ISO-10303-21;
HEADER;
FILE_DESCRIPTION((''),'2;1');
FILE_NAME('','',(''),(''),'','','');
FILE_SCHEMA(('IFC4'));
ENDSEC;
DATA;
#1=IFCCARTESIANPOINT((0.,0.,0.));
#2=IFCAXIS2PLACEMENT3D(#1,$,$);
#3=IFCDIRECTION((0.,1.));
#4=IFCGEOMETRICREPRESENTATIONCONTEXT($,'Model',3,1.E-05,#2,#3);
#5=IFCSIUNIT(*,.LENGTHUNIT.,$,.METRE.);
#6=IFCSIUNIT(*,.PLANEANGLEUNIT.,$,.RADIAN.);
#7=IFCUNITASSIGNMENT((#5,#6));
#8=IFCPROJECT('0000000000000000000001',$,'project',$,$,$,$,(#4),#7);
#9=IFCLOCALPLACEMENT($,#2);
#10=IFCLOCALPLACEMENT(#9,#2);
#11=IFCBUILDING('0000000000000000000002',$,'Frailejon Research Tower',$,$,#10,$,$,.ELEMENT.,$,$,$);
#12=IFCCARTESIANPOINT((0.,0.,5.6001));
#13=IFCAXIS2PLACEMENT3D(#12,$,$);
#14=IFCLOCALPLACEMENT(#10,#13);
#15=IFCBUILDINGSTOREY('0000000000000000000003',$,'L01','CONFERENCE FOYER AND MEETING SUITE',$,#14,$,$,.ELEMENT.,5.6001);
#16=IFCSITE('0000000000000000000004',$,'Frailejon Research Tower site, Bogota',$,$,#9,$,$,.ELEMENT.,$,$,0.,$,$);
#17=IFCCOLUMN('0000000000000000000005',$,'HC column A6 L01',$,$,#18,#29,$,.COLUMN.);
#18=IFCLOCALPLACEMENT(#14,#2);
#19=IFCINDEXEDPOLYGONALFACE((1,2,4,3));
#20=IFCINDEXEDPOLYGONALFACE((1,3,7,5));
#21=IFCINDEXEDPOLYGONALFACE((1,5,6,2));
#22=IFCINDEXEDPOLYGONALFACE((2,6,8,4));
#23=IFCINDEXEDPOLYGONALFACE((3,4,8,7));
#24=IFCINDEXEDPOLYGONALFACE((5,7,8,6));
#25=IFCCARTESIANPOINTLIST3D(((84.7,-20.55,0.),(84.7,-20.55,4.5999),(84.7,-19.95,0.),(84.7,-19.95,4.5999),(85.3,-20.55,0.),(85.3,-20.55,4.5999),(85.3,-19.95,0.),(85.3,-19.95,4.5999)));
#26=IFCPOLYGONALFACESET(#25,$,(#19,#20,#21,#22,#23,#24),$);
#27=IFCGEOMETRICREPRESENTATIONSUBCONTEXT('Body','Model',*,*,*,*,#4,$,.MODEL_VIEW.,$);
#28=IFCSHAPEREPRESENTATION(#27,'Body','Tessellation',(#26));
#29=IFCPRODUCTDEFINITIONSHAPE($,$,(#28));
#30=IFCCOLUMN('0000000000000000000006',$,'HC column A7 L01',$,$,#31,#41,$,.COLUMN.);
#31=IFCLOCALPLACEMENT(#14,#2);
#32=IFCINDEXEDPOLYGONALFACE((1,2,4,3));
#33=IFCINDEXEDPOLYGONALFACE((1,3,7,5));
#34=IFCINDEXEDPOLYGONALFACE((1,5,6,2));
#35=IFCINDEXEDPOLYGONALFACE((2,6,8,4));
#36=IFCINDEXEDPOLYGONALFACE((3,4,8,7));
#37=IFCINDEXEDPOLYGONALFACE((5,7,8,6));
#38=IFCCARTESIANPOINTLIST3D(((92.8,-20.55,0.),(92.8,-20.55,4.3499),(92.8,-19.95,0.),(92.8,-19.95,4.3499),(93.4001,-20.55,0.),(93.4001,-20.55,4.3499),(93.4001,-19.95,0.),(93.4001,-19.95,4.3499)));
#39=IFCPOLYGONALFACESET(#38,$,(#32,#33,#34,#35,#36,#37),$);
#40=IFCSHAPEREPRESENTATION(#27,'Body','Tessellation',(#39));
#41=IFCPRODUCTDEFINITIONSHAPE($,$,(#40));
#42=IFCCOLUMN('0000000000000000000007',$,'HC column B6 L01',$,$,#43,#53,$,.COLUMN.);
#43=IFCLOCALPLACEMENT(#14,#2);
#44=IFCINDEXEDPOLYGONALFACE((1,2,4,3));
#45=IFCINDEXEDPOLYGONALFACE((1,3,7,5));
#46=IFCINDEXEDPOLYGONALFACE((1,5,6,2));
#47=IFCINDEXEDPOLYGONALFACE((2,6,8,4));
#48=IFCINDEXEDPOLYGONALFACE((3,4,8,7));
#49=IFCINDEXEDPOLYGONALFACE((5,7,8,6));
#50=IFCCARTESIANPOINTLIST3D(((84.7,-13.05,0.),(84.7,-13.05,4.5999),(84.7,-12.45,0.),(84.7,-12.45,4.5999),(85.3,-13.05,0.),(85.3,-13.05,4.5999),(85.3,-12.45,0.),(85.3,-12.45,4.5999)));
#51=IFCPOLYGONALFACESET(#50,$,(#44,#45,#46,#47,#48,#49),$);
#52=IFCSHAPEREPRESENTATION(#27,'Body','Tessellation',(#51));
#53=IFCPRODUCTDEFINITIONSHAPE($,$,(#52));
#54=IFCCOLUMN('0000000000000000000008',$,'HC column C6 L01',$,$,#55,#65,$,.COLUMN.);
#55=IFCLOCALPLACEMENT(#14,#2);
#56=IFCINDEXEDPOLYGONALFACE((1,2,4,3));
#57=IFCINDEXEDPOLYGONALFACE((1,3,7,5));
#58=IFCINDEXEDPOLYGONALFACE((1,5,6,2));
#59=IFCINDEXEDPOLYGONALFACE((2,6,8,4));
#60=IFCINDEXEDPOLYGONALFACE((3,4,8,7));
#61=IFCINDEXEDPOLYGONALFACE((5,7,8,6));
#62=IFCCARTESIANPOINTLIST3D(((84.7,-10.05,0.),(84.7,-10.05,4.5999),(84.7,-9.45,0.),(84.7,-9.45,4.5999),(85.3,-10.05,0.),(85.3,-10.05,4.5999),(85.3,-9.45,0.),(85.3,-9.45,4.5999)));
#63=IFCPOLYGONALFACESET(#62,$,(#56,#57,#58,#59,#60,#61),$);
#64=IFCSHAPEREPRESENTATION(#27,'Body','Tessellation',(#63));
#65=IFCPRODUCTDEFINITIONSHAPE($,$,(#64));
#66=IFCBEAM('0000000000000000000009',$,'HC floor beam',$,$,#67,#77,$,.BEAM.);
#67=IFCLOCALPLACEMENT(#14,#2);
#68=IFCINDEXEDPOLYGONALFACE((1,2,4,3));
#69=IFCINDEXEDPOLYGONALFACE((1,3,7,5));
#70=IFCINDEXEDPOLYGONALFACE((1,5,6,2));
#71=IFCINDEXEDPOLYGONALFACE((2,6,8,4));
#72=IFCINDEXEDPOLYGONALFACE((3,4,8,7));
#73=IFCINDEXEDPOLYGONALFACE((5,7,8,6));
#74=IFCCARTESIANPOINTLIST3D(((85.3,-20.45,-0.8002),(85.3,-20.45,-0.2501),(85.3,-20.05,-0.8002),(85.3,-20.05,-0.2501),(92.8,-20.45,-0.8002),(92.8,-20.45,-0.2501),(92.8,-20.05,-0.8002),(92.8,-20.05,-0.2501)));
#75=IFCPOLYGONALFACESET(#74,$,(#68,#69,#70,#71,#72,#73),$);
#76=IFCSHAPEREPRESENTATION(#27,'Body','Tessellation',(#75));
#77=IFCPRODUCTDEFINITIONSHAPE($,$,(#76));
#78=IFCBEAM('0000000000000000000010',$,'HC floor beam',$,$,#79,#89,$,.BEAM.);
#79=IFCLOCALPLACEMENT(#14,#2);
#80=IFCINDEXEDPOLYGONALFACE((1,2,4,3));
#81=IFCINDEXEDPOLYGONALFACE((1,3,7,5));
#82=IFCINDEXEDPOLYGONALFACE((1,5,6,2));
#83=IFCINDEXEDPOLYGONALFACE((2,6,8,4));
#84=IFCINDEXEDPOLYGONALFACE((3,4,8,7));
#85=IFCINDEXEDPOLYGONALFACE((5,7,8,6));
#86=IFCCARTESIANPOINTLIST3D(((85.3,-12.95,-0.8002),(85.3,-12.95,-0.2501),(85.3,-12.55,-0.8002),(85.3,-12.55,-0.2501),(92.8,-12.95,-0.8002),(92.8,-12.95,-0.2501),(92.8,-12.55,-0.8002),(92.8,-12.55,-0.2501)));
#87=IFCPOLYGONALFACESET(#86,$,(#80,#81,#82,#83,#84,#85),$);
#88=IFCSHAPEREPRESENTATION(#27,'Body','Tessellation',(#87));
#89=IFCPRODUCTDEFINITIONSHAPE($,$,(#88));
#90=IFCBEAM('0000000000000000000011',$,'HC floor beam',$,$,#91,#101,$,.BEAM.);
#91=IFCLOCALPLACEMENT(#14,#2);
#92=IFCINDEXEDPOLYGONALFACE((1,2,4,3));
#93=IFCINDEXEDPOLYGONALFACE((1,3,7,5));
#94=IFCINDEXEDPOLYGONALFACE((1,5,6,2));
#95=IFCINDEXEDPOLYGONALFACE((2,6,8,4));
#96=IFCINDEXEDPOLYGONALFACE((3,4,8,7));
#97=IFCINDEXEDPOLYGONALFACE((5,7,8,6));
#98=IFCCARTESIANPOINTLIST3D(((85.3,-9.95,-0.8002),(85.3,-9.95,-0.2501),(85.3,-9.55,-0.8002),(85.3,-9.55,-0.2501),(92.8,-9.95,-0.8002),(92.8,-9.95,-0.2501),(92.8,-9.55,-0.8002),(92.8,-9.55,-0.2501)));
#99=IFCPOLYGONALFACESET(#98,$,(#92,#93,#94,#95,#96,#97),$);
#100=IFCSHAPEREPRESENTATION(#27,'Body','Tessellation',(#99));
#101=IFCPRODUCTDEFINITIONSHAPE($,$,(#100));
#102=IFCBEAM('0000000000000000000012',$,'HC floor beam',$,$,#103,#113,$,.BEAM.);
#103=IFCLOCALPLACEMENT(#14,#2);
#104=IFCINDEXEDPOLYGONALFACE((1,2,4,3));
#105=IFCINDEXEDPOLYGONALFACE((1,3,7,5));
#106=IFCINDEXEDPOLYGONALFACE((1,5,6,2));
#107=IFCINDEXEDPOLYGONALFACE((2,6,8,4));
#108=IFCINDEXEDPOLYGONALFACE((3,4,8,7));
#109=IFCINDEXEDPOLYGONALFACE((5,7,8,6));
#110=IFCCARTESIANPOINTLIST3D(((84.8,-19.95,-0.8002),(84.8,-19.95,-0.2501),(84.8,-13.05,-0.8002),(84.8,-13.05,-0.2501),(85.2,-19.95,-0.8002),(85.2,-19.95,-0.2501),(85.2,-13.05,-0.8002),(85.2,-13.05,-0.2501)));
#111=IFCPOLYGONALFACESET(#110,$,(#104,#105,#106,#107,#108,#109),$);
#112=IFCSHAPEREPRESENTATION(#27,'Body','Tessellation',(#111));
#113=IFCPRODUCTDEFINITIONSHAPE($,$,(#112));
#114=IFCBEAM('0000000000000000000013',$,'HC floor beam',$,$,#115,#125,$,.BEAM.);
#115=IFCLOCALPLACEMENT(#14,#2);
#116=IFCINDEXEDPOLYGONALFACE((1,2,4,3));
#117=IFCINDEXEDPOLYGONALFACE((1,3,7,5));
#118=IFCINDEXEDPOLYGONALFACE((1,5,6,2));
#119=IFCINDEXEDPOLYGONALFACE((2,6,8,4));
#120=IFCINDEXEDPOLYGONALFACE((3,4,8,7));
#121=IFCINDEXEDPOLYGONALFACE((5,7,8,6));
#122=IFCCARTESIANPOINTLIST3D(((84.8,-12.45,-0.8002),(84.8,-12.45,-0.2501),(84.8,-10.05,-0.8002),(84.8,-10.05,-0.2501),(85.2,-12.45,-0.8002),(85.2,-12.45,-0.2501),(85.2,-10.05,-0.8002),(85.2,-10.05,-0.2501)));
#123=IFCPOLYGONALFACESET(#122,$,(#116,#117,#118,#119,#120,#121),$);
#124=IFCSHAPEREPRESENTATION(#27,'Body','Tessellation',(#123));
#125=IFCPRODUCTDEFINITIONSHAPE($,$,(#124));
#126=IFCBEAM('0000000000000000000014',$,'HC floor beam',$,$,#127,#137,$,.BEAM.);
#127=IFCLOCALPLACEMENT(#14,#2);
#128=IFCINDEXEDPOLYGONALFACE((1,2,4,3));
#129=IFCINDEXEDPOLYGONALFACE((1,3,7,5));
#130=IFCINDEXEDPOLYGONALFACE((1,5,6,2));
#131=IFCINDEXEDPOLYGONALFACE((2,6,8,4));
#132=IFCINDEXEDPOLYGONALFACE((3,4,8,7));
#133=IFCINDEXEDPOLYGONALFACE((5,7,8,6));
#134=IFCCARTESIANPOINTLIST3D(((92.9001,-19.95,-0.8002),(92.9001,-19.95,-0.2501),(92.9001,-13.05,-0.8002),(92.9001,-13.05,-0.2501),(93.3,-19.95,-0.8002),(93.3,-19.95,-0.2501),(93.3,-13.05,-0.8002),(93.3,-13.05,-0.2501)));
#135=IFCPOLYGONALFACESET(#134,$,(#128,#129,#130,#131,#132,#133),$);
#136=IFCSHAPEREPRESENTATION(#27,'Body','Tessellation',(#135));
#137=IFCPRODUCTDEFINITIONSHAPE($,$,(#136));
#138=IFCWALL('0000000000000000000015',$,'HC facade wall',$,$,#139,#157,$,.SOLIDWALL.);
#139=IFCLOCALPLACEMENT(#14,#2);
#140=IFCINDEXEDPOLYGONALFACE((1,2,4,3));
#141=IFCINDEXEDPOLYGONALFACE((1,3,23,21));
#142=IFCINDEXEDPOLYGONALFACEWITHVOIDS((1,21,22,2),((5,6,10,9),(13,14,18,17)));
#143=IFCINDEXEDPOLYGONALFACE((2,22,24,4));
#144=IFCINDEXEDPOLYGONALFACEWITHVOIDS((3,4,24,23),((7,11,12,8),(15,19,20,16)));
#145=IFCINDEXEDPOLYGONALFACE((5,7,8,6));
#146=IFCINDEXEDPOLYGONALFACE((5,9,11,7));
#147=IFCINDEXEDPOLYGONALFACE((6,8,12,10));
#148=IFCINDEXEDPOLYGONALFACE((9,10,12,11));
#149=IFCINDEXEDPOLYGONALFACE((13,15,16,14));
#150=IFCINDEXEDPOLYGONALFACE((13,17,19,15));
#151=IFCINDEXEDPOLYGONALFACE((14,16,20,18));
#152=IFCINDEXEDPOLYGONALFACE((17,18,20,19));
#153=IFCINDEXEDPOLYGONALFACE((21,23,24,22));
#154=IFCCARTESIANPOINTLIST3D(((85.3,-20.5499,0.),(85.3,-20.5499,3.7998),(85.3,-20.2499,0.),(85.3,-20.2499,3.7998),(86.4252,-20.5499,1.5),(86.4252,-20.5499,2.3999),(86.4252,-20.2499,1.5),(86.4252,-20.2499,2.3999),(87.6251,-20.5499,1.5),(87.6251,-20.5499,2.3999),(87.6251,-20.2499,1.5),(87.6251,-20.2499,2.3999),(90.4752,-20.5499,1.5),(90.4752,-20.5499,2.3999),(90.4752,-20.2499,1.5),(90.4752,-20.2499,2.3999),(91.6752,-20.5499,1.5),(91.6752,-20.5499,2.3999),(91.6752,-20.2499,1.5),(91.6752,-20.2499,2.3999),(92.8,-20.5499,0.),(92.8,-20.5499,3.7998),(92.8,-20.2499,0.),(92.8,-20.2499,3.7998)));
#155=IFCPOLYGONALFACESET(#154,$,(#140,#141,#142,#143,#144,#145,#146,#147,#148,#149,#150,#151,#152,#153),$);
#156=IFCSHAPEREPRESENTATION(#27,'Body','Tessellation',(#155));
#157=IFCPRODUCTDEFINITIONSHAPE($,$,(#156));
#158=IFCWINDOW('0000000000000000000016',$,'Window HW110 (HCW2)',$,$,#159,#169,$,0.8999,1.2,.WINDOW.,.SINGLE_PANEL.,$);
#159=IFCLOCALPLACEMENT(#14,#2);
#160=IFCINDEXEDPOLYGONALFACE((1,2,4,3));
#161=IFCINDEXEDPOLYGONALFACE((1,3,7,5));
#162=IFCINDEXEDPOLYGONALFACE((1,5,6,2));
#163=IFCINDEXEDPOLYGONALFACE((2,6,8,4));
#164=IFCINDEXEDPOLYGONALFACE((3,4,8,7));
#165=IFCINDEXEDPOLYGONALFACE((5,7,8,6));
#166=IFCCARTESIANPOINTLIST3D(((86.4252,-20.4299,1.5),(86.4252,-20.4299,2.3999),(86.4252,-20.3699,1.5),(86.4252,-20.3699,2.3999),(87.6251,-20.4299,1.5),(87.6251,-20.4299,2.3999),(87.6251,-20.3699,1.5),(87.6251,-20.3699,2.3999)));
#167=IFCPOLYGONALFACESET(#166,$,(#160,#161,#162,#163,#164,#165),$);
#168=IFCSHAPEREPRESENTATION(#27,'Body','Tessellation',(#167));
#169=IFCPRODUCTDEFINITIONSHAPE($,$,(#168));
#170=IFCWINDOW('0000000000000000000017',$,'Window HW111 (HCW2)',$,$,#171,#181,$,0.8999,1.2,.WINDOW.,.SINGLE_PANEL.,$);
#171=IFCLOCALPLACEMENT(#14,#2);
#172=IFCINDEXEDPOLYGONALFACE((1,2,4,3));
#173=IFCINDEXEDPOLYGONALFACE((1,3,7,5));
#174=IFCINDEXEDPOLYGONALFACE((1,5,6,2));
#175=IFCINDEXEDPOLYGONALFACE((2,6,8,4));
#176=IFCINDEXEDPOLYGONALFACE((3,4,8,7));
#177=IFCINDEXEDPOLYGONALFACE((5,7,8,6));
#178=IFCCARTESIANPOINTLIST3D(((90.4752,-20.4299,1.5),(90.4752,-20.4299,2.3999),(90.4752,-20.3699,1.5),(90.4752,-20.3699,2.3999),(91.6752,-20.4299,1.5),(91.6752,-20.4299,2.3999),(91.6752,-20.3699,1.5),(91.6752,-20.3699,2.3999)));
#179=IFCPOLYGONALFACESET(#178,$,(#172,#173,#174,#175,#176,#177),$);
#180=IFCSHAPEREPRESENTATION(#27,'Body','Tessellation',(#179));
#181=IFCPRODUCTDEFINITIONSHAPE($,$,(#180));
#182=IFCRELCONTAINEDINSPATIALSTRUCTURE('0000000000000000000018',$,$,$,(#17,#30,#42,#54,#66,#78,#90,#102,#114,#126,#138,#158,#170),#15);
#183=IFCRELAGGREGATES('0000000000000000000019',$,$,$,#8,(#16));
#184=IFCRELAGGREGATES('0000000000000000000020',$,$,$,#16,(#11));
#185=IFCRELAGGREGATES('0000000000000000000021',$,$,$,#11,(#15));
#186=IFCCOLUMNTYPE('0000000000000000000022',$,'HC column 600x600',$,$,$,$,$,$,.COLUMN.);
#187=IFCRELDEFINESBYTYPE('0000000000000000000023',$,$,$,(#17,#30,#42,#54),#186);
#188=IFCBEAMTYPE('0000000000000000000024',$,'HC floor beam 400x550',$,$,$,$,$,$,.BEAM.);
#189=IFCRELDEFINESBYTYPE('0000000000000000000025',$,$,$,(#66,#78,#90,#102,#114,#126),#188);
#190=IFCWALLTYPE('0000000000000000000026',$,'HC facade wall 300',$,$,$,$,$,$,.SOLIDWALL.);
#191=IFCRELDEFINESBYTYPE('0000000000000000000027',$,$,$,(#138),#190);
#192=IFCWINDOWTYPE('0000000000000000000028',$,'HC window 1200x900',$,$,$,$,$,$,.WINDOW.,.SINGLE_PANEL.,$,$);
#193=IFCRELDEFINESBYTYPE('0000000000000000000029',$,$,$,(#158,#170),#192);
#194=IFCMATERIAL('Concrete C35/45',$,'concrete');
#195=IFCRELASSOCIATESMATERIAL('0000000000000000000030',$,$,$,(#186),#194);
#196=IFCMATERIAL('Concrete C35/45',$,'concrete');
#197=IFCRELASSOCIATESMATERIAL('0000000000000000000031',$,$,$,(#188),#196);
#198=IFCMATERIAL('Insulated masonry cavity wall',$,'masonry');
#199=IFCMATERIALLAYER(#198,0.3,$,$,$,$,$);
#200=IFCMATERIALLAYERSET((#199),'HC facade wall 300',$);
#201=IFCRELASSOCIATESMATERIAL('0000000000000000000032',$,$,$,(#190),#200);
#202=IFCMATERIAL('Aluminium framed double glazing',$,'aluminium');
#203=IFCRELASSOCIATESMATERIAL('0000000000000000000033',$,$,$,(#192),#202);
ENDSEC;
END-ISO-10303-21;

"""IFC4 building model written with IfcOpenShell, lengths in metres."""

from ifc_helpers import new_model, si_unit, direction, frame, frame_2d, origin, origin_2d, place, context, subcontext, project, spatial, rectangle, extrude, material, layer, layer_set, material_profile, profile_set, type_object, element, fill, save


model = new_model("IFC4")

# Units and contexts
model_context = context("Model", 3, precision=1e-05, world=origin(), true_north=direction((0.0, 1.0)))
body_context = subcontext(model_context, "Body", "Model", "MODEL_VIEW")
ifc_project = project(units=[si_unit("LENGTHUNIT", "METRE"), si_unit("PLANEANGLEUNIT", "RADIAN")], contexts=[model_context])

# Site, building, storey
site_placement = place(None, origin())
site = spatial("IfcSite", under=ifc_project, at=site_placement, Name="Frailejon Research Tower site, Bogota", CompositionType="ELEMENT", RefElevation=0.0)
building_placement = place(site_placement, origin())
building = spatial("IfcBuilding", under=site, at=building_placement, Name="Frailejon Research Tower", CompositionType="ELEMENT")
storey_placement = place(building_placement, frame((0.0, 0.0, 5.6001)))
storey = spatial("IfcBuildingStorey", under=building, at=storey_placement, Name="L01", Description="CONFERENCE FOYER AND MEETING SUITE", CompositionType="ELEMENT", Elevation=5.6001)

# Columns
ifc_material_1 = material(Name="Concrete C35/45", Category="concrete")
ifc_material_profile_1 = material_profile(ifc_material_1, rectangle(XDim=0.6001, YDim=0.6001, at=origin_2d()), Name="HC column 600x600")
ifc_profile_set_1 = profile_set([ifc_material_profile_1], Name="Concrete C35/45")
column_type = type_object("IfcColumnType", Name="HC column 600x600", PredefinedType="COLUMN", material=ifc_profile_set_1)
column_1_placement = place(storey_placement, frame((85.0, -20.25, 0.0), z_axis=(0.0, 0.0, 1.0), x_axis=(1.0, 0.0, 0.0)))
element("IfcColumn", 1, at=column_1_placement, inside=storey, type_object=column_type, Name="HC column A6 L01", PredefinedType="COLUMN", context=body_context, shape_type="SweptSolid", body=[
    extrude(rectangle(XDim=0.6001, YDim=0.6001, at=origin_2d()), origin(), (0.0, 0.0, 1.0), 4.5999),
])
column_2_placement = place(storey_placement, frame((93.1001, -20.25, 0.0), z_axis=(0.0, 0.0, 1.0), x_axis=(1.0, 0.0, 0.0)))
element("IfcColumn", 2, at=column_2_placement, inside=storey, type_object=column_type, Name="HC column A7 L01", PredefinedType="COLUMN", context=body_context, shape_type="SweptSolid", body=[
    extrude(rectangle(XDim=0.6001, YDim=0.6001, at=origin_2d()), origin(), (0.0, 0.0, 1.0), 4.3499),
])
for number, where, z_axis, x_axis, name in (
    (3, (85.0, -12.75, 0.0), (0.0, 0.0, 1.0), (1.0, 0.0, 0.0), "HC column B6 L01"),
    (4, (85.0, -9.75, 0.0), (0.0, 0.0, 1.0), (1.0, 0.0, 0.0), "HC column C6 L01"),
):
    element("IfcColumn", number, at=place(storey_placement, frame(where, z_axis=z_axis, x_axis=x_axis)), inside=storey, type_object=column_type, Name=name, PredefinedType="COLUMN", context=body_context, shape_type="SweptSolid", body=[
        extrude(rectangle(XDim=0.6001, YDim=0.6001, at=origin_2d()), origin(), (0.0, 0.0, 1.0), 4.5999),
    ])

# Beams
ifc_material_2 = material(Name="Concrete C35/45", Category="concrete")
ifc_material_profile_2 = material_profile(ifc_material_2, rectangle(XDim=0.3999, YDim=0.55, at=origin_2d()), Name="HC floor beam 400x550")
ifc_profile_set_2 = profile_set([ifc_material_profile_2], Name="Concrete C35/45")
beam_type = type_object("IfcBeamType", Name="HC floor beam 400x550", PredefinedType="BEAM", material=ifc_profile_set_2)
for number, where, z_axis, x_axis, name in (
    (5, (85.3, -20.25, -0.5251), (1.0, 0.0, 0.0), (0.0, 1.0, 0.0), "HC floor beam"),
    (6, (85.3, -12.75, -0.5251), (1.0, 0.0, 0.0), (0.0, 1.0, 0.0), "HC floor beam"),
    (7, (85.3, -9.75, -0.5251), (1.0, 0.0, 0.0), (0.0, 1.0, 0.0), "HC floor beam"),
):
    element("IfcBeam", number, at=place(storey_placement, frame(where, z_axis=z_axis, x_axis=x_axis)), inside=storey, type_object=beam_type, Name=name, PredefinedType="BEAM", context=body_context, shape_type="SweptSolid", body=[
        extrude(rectangle(XDim=0.3999, YDim=0.55, at=origin_2d()), origin(), (0.0, 0.0, 1.0), 7.5),
    ])
beam_1_placement = place(storey_placement, frame((85.0, -19.95, -0.5251), z_axis=(0.0, 1.0, 0.0), x_axis=(-1.0, 0.0, 0.0)))
element("IfcBeam", 8, at=beam_1_placement, inside=storey, type_object=beam_type, Name="HC floor beam", PredefinedType="BEAM", context=body_context, shape_type="SweptSolid", body=[
    extrude(rectangle(XDim=0.3999, YDim=0.55, at=origin_2d()), origin(), (0.0, 0.0, 1.0), 6.8999),
])
beam_2_placement = place(storey_placement, frame((85.0, -12.45, -0.5251), z_axis=(0.0, 1.0, 0.0), x_axis=(-1.0, 0.0, 0.0)))
element("IfcBeam", 9, at=beam_2_placement, inside=storey, type_object=beam_type, Name="HC floor beam", PredefinedType="BEAM", context=body_context, shape_type="SweptSolid", body=[
    extrude(rectangle(XDim=0.3999, YDim=0.55, at=origin_2d()), origin(), (0.0, 0.0, 1.0), 2.3999),
])
beam_3_placement = place(storey_placement, frame((93.1001, -19.95, -0.5251), z_axis=(0.0, 1.0, 0.0), x_axis=(-1.0, 0.0, 0.0)))
element("IfcBeam", 10, at=beam_3_placement, inside=storey, type_object=beam_type, Name="HC floor beam", PredefinedType="BEAM", context=body_context, shape_type="SweptSolid", body=[
    extrude(rectangle(XDim=0.3999, YDim=0.55, at=origin_2d()), origin(), (0.0, 0.0, 1.0), 6.8999),
])

# Wall, openings, windows
ifc_material_3 = material(Name="Insulated masonry cavity wall", Category="masonry")
ifc_layer_1 = layer(ifc_material_3, 0.3)
ifc_layer_set_1 = layer_set([ifc_layer_1], Name="HC facade wall 300")
wall_type_1 = type_object("IfcWallType", Name="HC facade wall 300", PredefinedType="SOLIDWALL", material=ifc_layer_set_1)
wall_1_placement = place(storey_placement, frame((85.3, -20.3999, 0.0), z_axis=(0.0, 0.0, 1.0), x_axis=(1.0, 0.0, 0.0)))
wall_1 = element("IfcWall", 11, at=wall_1_placement, inside=storey, type_object=wall_type_1, Name="HC facade wall", PredefinedType="SOLIDWALL", context=body_context, shape_type="SweptSolid", body=[
    extrude(rectangle(XDim=7.5, YDim=0.3, at=frame_2d((3.75, 0.0))), origin(), (0.0, 0.0, 1.0), 3.7998),
])
opening_1_placement = place(wall_1_placement, frame((1.125, 0.0, 1.5)))
opening_1 = element("IfcOpeningElement", 12, at=opening_1_placement, cuts=wall_1, PredefinedType="OPENING", context=body_context, shape_type="SweptSolid", body=[
    extrude(rectangle(XDim=1.2, YDim=0.8999, at=frame_2d((0.6001, 0.45))), frame((0.0, 0.1599, 0.0), z_axis=(0.0, -1.0, 0.0), x_axis=(1.0, 0.0, 0.0)), (0.0, 0.0, 1.0), 0.3201),
])
opening_2_placement = place(wall_1_placement, frame((5.175, 0.0, 1.5)))
opening_2 = element("IfcOpeningElement", 13, at=opening_2_placement, cuts=wall_1, PredefinedType="OPENING", context=body_context, shape_type="SweptSolid", body=[
    extrude(rectangle(XDim=1.2, YDim=0.8999, at=frame_2d((0.6001, 0.45))), frame((0.0, 0.1599, 0.0), z_axis=(0.0, -1.0, 0.0), x_axis=(1.0, 0.0, 0.0)), (0.0, 0.0, 1.0), 0.3201),
])
ifc_material_4 = material(Name="Aluminium framed double glazing", Category="aluminium")
window_type = type_object("IfcWindowType", Name="HC window 1200x900", PartitioningType="SINGLE_PANEL", PredefinedType="WINDOW", material=ifc_material_4)
window_1_placement = place(opening_1_placement, origin())
window_1 = element("IfcWindow", 14, at=window_1_placement, inside=storey, type_object=window_type, Name="Window HW110 (HCW2)", OverallHeight=0.8999, OverallWidth=1.2, PartitioningType="SINGLE_PANEL", PredefinedType="WINDOW", context=body_context, shape_type="SweptSolid", body=[
    extrude(rectangle(XDim=1.2, YDim=0.8999, at=frame_2d((0.6001, 0.45))), frame((0.0, 0.03, 0.0), z_axis=(0.0, -1.0, 0.0), x_axis=(1.0, 0.0, 0.0)), (0.0, 0.0, 1.0), 0.0601),
])
fill(opening_1, window_1)
window_2_placement = place(opening_2_placement, origin())
window_2 = element("IfcWindow", 15, at=window_2_placement, inside=storey, type_object=window_type, Name="Window HW111 (HCW2)", OverallHeight=0.8999, OverallWidth=1.2, PartitioningType="SINGLE_PANEL", PredefinedType="WINDOW", context=body_context, shape_type="SweptSolid", body=[
    extrude(rectangle(XDim=1.2, YDim=0.8999, at=frame_2d((0.6001, 0.45))), frame((0.0, 0.03, 0.0), z_axis=(0.0, -1.0, 0.0), x_axis=(1.0, 0.0, 0.0)), (0.0, 0.0, 1.0), 0.0601),
])
fill(opening_2, window_2)

save(model, "model.ifc")
